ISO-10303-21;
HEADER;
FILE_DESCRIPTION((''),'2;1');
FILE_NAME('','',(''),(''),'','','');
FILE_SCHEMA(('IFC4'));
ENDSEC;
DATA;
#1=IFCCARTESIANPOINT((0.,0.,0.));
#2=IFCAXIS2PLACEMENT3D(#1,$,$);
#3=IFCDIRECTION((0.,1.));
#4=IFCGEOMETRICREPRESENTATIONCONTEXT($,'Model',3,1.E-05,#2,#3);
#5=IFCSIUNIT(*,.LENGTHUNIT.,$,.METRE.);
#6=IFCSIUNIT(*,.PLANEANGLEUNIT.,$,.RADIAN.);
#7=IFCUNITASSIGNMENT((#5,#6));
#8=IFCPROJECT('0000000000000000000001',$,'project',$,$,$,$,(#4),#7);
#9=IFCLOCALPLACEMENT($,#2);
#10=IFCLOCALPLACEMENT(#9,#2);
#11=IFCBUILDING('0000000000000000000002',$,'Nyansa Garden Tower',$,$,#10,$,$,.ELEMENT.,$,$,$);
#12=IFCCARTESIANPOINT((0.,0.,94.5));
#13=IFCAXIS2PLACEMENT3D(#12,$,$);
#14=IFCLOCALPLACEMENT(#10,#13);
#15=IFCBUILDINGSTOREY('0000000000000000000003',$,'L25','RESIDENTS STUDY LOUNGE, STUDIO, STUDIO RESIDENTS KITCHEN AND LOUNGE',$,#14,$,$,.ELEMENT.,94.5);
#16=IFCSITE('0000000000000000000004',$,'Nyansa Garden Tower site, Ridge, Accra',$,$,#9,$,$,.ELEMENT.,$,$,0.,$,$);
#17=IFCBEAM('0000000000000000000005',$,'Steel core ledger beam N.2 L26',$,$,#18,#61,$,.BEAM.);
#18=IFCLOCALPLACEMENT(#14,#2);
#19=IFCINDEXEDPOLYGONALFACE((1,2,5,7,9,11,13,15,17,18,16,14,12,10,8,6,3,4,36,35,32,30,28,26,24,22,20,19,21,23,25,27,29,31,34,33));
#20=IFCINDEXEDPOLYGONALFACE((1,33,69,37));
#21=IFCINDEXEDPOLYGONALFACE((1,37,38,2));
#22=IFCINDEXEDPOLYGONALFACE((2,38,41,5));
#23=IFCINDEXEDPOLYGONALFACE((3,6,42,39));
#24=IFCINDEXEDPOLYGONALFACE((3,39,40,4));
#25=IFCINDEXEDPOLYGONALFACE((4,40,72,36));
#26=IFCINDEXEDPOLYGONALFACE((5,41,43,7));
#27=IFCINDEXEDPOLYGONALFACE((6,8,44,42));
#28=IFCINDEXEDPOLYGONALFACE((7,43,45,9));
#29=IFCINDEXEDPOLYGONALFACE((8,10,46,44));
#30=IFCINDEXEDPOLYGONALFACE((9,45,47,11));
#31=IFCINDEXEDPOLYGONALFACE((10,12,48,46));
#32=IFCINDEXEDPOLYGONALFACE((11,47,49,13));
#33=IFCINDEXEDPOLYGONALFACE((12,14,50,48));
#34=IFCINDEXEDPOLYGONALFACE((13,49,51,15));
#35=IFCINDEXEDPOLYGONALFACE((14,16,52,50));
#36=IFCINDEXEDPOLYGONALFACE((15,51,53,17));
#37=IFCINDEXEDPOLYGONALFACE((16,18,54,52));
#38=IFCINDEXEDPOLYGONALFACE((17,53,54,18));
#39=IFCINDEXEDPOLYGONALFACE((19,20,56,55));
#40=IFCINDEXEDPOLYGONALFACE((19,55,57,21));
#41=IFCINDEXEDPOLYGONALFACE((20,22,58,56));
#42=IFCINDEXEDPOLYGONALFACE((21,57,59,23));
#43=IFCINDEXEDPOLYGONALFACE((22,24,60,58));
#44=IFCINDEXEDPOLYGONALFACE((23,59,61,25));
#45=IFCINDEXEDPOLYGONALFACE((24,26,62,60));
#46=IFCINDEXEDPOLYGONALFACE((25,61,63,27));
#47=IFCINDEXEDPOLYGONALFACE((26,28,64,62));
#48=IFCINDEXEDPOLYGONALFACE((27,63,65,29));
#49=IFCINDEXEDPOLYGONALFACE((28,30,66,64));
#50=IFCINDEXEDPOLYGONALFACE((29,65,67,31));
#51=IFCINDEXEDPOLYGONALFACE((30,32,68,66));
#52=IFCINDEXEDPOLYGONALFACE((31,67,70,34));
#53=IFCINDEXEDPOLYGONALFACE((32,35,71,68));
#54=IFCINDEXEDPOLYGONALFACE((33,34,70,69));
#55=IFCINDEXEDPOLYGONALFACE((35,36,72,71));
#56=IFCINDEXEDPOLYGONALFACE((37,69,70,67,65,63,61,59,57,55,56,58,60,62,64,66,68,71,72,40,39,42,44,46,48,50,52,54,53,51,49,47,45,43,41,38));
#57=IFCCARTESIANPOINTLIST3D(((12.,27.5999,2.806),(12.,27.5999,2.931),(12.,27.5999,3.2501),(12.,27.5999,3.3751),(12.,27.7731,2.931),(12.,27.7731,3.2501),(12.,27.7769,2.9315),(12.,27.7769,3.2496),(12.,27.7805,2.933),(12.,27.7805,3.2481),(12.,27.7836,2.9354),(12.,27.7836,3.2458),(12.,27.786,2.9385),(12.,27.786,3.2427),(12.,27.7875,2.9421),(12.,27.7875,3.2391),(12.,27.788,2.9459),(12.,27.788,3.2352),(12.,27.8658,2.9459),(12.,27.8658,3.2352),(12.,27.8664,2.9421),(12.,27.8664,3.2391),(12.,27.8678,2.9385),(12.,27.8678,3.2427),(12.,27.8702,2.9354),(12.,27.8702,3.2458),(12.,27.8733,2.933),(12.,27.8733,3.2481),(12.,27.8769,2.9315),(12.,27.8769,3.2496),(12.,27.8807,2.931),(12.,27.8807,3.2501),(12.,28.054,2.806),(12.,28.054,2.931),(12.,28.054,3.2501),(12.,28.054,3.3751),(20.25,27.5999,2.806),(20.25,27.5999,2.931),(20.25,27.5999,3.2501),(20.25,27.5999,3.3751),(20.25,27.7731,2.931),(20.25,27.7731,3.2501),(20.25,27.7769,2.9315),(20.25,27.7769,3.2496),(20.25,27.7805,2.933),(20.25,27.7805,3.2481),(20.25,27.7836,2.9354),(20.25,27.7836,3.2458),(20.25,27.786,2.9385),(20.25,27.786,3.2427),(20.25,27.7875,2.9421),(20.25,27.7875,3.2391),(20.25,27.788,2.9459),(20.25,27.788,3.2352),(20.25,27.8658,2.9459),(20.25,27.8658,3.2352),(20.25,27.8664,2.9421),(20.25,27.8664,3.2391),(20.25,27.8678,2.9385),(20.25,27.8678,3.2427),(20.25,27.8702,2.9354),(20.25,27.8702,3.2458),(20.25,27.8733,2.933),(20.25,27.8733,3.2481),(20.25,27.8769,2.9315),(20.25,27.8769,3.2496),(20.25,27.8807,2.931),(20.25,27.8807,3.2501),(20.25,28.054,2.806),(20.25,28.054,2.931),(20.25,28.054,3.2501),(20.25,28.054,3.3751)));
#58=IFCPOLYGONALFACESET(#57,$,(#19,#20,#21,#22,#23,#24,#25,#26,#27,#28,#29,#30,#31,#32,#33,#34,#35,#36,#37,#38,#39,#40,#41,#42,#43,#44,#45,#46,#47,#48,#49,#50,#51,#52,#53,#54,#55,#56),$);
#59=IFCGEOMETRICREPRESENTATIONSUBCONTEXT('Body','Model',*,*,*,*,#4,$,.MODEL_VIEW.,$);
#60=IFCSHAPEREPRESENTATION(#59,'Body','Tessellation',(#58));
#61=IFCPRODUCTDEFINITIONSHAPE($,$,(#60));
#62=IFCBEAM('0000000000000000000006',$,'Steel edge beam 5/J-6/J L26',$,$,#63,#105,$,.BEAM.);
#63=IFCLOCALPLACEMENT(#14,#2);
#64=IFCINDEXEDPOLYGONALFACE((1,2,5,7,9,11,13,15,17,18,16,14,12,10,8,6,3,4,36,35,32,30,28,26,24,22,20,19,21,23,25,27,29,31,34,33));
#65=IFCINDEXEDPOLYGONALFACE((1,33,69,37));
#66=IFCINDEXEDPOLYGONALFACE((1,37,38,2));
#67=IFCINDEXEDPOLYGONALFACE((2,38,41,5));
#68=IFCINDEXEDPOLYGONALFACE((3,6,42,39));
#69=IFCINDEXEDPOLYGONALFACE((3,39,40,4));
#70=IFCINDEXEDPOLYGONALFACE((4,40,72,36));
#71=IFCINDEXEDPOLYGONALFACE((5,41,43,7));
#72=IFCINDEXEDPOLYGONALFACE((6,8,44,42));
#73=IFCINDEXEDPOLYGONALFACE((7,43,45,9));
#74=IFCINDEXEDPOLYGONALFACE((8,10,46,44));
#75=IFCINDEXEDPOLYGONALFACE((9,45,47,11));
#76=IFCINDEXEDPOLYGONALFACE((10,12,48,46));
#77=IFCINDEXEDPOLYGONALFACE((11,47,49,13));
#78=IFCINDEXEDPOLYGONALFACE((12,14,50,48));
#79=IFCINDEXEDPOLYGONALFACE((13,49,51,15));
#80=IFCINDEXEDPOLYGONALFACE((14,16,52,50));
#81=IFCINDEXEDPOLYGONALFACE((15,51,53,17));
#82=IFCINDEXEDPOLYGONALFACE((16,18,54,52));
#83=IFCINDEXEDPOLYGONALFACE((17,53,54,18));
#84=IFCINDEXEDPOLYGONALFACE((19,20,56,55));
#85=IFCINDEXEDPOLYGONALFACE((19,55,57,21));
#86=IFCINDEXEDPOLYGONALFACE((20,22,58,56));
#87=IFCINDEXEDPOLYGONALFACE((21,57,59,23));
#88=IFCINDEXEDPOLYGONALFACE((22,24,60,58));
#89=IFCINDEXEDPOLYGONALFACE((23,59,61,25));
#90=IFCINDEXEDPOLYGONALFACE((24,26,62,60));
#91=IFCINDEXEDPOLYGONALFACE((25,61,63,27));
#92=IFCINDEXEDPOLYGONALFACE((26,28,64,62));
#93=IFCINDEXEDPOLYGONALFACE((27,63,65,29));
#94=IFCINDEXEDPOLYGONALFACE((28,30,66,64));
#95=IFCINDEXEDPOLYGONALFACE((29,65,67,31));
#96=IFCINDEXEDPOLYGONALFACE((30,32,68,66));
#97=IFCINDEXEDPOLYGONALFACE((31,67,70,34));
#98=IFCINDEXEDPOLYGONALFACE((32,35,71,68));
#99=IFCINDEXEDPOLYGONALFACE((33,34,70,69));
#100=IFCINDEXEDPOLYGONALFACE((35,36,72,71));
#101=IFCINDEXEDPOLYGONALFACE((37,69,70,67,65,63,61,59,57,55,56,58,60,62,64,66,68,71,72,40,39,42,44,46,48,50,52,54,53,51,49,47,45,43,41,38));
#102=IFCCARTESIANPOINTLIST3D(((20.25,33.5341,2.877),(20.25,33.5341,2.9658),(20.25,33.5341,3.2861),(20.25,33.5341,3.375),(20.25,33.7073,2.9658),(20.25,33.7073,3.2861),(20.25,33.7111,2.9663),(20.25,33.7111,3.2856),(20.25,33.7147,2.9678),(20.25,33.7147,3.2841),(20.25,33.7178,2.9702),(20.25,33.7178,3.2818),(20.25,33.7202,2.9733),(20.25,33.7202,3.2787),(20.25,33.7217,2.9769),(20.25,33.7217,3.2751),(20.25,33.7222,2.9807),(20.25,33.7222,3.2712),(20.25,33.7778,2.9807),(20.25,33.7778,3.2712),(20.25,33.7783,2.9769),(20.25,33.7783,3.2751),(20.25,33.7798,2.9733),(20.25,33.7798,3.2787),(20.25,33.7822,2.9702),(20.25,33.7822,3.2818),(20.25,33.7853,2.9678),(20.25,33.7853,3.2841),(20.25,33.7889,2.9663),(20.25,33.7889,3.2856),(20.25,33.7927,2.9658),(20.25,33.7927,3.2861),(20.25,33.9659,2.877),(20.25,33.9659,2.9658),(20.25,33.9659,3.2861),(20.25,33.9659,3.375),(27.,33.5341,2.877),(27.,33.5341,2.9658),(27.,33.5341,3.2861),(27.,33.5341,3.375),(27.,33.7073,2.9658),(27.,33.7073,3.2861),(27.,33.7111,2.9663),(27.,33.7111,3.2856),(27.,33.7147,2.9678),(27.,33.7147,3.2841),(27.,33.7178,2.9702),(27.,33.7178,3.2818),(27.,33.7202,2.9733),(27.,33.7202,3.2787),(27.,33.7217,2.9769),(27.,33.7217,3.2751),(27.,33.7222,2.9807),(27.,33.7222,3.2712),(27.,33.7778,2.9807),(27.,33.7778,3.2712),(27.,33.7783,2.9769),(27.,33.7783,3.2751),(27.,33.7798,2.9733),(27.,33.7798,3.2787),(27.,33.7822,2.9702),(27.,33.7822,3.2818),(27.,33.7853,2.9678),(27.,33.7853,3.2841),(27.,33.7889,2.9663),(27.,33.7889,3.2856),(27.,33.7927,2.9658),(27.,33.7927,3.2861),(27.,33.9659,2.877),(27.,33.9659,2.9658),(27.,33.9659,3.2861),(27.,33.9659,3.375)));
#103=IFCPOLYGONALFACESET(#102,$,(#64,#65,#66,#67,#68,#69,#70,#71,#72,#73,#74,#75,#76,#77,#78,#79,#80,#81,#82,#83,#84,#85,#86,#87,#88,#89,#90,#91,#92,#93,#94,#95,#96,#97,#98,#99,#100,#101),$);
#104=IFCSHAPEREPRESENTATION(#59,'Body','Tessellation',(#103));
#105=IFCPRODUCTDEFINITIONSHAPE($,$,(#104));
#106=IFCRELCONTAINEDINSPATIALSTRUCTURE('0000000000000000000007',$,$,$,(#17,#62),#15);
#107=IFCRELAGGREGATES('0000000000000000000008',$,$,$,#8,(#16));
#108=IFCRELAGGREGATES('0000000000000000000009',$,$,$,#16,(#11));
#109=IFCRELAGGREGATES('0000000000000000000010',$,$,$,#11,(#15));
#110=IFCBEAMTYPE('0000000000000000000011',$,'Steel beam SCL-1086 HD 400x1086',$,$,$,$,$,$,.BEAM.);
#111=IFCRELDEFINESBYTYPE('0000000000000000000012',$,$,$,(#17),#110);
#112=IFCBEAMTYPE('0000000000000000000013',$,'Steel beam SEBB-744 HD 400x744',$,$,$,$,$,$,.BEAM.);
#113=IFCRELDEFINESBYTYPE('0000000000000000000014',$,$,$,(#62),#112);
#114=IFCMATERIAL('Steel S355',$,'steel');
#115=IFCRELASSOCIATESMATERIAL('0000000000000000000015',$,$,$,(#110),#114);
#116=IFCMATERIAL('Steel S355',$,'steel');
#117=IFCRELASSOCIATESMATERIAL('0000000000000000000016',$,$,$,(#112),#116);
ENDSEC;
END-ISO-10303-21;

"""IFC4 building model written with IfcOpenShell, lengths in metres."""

from ifc_helpers import new_model, si_unit, direction, frame, origin, origin_2d, place, context, subcontext, project, spatial, i_section, extrude, material, material_profile, profile_set, type_object, element, save


model = new_model("IFC4")

# Units and contexts
model_context = context("Model", 3, precision=1e-05, world=origin(), true_north=direction((0.0, 1.0)))
body_context = subcontext(model_context, "Body", "Model", "MODEL_VIEW")
ifc_project = project(units=[si_unit("LENGTHUNIT", "METRE"), si_unit("PLANEANGLEUNIT", "RADIAN")], contexts=[model_context])

# Site, building, storey
site_placement = place(None, origin())
site = spatial("IfcSite", under=ifc_project, at=site_placement, Name="Nyansa Garden Tower site, Ridge, Accra", CompositionType="ELEMENT", RefElevation=0.0)
building_placement = place(site_placement, origin())
building = spatial("IfcBuilding", under=site, at=building_placement, Name="Nyansa Garden Tower", CompositionType="ELEMENT")
storey_placement = place(building_placement, frame((0.0, 0.0, 94.5)))
storey = spatial("IfcBuildingStorey", under=building, at=storey_placement, Name="L25", Description="RESIDENTS STUDY LOUNGE, STUDIO, STUDIO RESIDENTS KITCHEN AND LOUNGE", CompositionType="ELEMENT", Elevation=94.5)

# Beams
ifc_material_1 = material(Name="Steel S355", Category="steel")
ifc_material_profile_1 = material_profile(ifc_material_1, i_section(OverallWidth=0.4541, OverallDepth=0.5691, WebThickness=0.0779, FlangeThickness=0.125, FilletRadius=0.0149, at=origin_2d()), Name="HD 400x1086")
ifc_profile_set_1 = profile_set([ifc_material_profile_1], Name="Steel S355")
beam_type_1 = type_object("IfcBeamType", Name="Steel beam SCL-1086 HD 400x1086", PredefinedType="BEAM", material=ifc_profile_set_1)
beam_1_placement = place(storey_placement, frame((20.25, 27.8269, 3.0906), z_axis=(-1.0, 0.0, 0.0), x_axis=(0.0, -1.0, 0.0)))
element("IfcBeam", 1, at=beam_1_placement, inside=storey, type_object=beam_type_1, Name="Steel core ledger beam N.2 L26", PredefinedType="BEAM", context=body_context, shape_type="SweptSolid", body=[
    extrude(i_section(OverallWidth=0.4541, OverallDepth=0.5691, WebThickness=0.0779, FlangeThickness=0.125, FilletRadius=0.0149, at=origin_2d()), origin(), (0.0, 0.0, 1.0), 8.25),
])
ifc_material_2 = material(Name="Steel S355", Category="steel")
ifc_material_profile_2 = material_profile(ifc_material_2, i_section(OverallWidth=0.4319, OverallDepth=0.498, WebThickness=0.0557, FlangeThickness=0.0889, FilletRadius=0.0149, at=origin_2d()), Name="HD 400x744")
ifc_profile_set_2 = profile_set([ifc_material_profile_2], Name="Steel S355")
beam_type_2 = type_object("IfcBeamType", Name="Steel beam SEBB-744 HD 400x744", PredefinedType="BEAM", material=ifc_profile_set_2)
beam_2_placement = place(storey_placement, frame((20.25, 33.75, 3.126), z_axis=(1.0, 0.0, 0.0), x_axis=(0.0, 1.0, 0.0)))
element("IfcBeam", 2, at=beam_2_placement, inside=storey, type_object=beam_type_2, Name="Steel edge beam 5/J-6/J L26", PredefinedType="BEAM", context=body_context, shape_type="SweptSolid", body=[
    extrude(i_section(OverallWidth=0.4319, OverallDepth=0.498, WebThickness=0.0557, FlangeThickness=0.0889, FilletRadius=0.0149, at=origin_2d()), origin(), (0.0, 0.0, 1.0), 6.75),
])

save(model, "model.ifc")
